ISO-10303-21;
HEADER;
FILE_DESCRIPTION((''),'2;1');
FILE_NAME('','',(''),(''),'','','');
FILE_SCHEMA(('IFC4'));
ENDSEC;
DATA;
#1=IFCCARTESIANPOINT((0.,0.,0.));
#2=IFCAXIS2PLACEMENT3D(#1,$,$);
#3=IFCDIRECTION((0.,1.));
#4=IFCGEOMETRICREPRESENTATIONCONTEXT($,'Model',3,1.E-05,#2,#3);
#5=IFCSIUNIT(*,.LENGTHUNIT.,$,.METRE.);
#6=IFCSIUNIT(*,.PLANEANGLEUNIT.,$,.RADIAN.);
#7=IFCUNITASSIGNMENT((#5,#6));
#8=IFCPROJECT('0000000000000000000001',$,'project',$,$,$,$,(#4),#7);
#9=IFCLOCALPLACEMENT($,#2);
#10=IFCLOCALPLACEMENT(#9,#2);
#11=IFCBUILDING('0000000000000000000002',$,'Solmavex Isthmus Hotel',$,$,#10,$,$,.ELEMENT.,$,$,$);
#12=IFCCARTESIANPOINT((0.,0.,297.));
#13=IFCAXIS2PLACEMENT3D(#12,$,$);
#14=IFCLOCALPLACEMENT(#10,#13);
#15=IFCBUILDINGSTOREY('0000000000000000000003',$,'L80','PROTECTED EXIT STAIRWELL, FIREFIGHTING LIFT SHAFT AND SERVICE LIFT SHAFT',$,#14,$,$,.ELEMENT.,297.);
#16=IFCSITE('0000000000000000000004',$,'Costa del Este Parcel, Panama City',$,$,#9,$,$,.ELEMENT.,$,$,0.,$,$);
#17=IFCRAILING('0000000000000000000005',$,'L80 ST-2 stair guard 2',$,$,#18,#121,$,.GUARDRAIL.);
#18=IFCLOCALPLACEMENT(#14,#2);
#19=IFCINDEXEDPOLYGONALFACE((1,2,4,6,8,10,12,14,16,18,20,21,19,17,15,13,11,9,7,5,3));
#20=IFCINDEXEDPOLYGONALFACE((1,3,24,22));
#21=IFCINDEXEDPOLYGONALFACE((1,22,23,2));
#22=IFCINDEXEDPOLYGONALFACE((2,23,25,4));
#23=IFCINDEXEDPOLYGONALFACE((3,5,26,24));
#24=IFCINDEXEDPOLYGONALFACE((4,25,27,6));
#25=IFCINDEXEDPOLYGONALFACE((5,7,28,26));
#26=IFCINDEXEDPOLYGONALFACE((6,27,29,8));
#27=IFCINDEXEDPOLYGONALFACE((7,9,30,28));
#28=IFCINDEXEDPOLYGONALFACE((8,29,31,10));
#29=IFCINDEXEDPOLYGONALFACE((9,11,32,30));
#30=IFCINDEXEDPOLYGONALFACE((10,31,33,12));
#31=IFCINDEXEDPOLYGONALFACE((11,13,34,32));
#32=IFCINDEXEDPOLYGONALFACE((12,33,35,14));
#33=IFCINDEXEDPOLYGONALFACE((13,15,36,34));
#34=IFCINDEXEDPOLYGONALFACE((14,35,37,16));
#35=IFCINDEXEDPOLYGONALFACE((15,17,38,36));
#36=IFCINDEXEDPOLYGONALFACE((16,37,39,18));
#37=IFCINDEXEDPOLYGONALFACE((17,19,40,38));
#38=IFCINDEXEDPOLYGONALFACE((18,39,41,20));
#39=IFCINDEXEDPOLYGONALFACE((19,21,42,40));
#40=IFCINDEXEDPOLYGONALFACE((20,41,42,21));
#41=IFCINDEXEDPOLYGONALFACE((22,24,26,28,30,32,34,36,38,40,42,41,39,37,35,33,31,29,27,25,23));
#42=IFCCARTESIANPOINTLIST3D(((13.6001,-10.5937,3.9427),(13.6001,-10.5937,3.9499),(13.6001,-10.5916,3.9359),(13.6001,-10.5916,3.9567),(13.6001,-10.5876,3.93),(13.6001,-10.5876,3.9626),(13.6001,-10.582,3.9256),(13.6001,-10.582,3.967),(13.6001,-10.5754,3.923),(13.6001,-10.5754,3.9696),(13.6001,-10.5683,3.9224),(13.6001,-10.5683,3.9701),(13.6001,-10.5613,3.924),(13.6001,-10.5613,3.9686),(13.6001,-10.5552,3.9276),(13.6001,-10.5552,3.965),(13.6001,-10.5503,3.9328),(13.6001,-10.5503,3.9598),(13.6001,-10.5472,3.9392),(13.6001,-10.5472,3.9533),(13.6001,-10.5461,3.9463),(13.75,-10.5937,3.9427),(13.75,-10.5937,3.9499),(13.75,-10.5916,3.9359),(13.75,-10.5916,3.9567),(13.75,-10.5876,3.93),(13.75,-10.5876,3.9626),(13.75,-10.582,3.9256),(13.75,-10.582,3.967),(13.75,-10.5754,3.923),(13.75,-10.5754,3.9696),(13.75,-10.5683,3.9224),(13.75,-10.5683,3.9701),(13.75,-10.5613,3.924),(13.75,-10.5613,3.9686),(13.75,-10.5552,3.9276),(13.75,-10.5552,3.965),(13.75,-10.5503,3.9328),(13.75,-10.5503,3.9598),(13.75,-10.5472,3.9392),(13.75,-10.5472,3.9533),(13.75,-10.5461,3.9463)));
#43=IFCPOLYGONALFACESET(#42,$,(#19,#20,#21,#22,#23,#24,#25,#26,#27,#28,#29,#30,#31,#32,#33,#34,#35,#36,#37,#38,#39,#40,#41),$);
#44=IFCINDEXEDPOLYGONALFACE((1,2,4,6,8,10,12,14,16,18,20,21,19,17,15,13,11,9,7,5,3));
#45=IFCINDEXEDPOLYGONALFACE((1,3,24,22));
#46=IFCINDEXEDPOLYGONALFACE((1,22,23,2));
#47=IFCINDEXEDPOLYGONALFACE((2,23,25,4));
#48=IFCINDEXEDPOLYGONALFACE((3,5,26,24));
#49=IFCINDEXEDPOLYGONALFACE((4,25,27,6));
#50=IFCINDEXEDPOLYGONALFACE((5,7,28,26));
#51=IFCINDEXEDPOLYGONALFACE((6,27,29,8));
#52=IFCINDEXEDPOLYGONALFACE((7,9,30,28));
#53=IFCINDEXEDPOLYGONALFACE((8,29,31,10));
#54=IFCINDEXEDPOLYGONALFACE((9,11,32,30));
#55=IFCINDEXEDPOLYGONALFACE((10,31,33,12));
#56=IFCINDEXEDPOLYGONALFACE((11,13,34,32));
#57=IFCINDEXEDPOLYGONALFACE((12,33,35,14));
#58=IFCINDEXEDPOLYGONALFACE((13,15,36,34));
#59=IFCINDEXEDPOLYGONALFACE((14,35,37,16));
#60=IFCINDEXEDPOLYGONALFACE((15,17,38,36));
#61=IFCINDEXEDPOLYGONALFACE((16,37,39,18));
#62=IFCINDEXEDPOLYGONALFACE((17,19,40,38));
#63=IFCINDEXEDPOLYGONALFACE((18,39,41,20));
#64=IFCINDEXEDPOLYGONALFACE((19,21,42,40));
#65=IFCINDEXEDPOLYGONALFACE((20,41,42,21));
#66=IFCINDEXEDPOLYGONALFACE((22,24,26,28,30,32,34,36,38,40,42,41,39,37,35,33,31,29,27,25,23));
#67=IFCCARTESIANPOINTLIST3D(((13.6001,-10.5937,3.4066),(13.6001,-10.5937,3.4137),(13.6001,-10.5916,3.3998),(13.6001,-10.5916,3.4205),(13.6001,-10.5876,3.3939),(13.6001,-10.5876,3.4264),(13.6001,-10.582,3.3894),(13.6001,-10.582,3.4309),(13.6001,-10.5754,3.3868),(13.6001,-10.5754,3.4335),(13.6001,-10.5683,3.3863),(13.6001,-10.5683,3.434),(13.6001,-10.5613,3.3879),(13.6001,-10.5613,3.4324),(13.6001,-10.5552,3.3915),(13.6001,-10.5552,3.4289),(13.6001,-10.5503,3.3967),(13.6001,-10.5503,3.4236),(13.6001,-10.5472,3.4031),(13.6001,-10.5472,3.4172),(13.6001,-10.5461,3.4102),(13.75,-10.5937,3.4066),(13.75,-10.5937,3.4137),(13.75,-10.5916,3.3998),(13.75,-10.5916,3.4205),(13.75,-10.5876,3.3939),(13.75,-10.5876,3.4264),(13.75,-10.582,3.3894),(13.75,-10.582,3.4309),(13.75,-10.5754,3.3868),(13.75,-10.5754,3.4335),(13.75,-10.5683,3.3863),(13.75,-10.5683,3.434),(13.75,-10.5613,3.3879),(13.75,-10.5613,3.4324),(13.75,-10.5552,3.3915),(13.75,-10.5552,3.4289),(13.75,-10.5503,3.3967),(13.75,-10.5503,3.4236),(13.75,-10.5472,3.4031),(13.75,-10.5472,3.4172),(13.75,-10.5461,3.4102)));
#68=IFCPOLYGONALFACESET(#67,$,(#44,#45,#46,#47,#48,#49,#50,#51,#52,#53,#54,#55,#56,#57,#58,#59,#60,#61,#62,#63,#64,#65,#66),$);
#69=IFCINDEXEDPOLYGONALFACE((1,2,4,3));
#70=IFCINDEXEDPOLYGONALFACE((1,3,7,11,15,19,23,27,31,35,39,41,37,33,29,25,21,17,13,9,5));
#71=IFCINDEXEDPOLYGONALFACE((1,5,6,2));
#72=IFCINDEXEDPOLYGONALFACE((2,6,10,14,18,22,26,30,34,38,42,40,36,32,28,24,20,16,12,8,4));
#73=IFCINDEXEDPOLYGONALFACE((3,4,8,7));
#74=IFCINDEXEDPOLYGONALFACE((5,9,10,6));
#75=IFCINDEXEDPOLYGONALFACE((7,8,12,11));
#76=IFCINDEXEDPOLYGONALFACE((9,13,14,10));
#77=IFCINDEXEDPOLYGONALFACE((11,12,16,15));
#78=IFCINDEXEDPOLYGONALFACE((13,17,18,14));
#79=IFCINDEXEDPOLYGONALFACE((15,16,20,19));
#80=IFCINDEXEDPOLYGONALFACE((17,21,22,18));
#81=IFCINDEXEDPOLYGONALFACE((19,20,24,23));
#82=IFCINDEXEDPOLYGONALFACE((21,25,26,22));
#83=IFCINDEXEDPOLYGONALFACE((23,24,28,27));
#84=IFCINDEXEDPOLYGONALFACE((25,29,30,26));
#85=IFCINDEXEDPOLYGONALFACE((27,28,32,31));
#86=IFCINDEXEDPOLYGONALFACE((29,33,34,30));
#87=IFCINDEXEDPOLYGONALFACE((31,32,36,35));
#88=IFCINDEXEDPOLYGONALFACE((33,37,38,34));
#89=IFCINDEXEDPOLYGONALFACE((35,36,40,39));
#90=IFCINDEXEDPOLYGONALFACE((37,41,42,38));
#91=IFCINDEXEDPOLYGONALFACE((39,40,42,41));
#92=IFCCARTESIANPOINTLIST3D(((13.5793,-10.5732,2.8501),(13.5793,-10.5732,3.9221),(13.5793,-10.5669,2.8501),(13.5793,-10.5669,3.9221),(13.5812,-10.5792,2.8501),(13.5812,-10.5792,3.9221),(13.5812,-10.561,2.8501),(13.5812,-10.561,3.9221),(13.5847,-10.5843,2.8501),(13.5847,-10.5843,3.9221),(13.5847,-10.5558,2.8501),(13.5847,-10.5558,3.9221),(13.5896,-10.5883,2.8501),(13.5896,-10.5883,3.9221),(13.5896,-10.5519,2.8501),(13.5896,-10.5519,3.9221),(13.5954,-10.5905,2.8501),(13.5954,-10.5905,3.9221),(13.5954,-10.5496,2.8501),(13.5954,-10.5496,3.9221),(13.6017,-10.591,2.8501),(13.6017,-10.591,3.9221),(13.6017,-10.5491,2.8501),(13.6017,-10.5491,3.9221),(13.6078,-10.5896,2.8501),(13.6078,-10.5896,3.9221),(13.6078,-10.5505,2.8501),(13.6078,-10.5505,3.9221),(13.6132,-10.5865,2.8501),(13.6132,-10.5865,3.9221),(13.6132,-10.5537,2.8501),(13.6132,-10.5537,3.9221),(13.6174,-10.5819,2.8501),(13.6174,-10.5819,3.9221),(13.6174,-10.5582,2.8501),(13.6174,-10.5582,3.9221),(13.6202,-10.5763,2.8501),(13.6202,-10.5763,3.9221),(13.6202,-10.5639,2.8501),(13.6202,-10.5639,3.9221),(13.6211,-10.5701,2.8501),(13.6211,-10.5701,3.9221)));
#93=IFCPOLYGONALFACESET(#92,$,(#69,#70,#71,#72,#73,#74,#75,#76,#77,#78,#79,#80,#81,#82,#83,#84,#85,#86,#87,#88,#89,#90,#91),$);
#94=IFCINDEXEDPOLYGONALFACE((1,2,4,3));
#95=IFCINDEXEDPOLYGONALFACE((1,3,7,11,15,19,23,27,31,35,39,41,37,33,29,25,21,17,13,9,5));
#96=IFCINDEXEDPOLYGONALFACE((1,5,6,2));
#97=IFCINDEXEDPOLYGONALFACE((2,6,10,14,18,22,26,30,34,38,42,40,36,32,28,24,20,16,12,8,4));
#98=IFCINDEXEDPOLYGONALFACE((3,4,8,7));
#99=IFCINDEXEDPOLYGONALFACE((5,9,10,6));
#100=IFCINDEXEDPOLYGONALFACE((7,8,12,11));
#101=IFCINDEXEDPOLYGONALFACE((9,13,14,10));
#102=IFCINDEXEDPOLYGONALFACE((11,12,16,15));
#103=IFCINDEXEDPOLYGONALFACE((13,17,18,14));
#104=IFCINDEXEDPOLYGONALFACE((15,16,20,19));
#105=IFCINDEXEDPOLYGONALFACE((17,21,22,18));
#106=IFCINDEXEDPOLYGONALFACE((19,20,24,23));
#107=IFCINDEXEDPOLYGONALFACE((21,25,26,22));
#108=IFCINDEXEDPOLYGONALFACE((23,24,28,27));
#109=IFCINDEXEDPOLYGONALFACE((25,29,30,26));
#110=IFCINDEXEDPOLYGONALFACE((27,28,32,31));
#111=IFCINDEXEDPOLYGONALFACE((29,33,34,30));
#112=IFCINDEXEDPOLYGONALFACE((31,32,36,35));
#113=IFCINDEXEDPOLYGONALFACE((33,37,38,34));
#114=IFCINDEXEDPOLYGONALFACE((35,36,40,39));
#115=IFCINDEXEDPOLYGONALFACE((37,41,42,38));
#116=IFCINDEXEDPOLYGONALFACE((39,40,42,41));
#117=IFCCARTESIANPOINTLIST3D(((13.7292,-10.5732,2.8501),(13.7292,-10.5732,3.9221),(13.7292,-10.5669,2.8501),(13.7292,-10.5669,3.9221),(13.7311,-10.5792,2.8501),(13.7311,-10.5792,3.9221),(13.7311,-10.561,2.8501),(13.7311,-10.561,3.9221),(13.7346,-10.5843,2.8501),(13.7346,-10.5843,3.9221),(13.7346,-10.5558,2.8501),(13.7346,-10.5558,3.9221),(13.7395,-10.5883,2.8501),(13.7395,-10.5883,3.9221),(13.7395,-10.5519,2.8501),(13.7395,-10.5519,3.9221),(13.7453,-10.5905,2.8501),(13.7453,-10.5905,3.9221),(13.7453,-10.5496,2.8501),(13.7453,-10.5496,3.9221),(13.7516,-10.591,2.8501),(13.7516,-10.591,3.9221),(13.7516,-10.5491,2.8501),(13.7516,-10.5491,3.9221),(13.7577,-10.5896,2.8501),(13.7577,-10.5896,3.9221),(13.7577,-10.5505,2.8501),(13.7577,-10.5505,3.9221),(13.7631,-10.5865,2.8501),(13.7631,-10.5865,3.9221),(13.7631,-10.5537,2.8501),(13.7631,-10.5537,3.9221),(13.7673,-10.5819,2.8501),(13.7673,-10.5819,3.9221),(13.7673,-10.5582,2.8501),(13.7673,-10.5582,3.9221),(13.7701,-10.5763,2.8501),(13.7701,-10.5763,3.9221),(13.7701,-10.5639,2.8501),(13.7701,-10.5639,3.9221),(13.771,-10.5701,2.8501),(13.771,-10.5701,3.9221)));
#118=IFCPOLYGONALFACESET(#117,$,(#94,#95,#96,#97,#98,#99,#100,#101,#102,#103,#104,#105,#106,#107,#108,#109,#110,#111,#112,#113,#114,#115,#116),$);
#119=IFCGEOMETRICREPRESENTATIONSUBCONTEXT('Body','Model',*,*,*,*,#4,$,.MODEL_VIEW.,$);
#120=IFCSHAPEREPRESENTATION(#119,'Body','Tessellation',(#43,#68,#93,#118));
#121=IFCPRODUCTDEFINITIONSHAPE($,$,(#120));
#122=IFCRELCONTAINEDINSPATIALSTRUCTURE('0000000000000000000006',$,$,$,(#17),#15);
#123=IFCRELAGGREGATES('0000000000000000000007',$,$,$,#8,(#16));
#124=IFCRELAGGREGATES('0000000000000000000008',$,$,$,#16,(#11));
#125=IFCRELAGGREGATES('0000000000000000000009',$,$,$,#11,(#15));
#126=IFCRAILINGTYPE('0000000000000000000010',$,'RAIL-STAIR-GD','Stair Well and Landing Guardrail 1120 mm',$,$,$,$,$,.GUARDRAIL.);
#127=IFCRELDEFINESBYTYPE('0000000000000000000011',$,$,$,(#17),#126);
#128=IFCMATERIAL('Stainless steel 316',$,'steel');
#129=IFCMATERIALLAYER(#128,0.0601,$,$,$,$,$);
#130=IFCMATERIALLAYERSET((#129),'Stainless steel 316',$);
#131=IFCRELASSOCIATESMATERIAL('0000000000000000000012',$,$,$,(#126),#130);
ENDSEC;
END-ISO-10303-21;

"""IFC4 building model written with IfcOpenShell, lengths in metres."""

from ifc_helpers import new_model, si_unit, direction, frame, origin, origin_2d, place, context, subcontext, project, spatial, circle, extrude, material, layer, layer_set, type_object, element, save


model = new_model("IFC4")

# Units and contexts
model_context = context("Model", 3, precision=1e-05, world=origin(), true_north=direction((0.0, 1.0)))
body_context = subcontext(model_context, "Body", "Model", "MODEL_VIEW")
ifc_project = project(units=[si_unit("LENGTHUNIT", "METRE"), si_unit("PLANEANGLEUNIT", "RADIAN")], contexts=[model_context])

# Site, building, storey
site_placement = place(None, origin())
site = spatial("IfcSite", under=ifc_project, at=site_placement, Name="Costa del Este Parcel, Panama City", CompositionType="ELEMENT", RefElevation=0.0)
building_placement = place(site_placement, origin())
building = spatial("IfcBuilding", under=site, at=building_placement, Name="Solmavex Isthmus Hotel", CompositionType="ELEMENT")
storey_placement = place(building_placement, frame((0.0, 0.0, 297.0)))
storey = spatial("IfcBuildingStorey", under=building, at=storey_placement, Name="L80", Description="PROTECTED EXIT STAIRWELL, FIREFIGHTING LIFT SHAFT AND SERVICE LIFT SHAFT", CompositionType="ELEMENT", Elevation=297.0)

# Railing
ifc_material_1 = material(Name="Stainless steel 316", Category="steel")
ifc_layer_1 = layer(ifc_material_1, 0.0601)
ifc_layer_set_1 = layer_set([ifc_layer_1], Name="Stainless steel 316")
railing_type_1 = type_object("IfcRailingType", Name="RAIL-STAIR-GD", Description="Stair Well and Landing Guardrail 1120 mm", PredefinedType="GUARDRAIL", material=ifc_layer_set_1)
railing_1_placement = place(storey_placement, frame((13.6001, -10.5701, 2.8501)))
element("IfcRailing", 1, at=railing_1_placement, inside=storey, type_object=railing_type_1, Name="L80 ST-2 stair guard 2", PredefinedType="GUARDRAIL", context=body_context, shape_type="SweptSolid", body=[
    extrude(circle(Radius=0.0239, at=origin_2d()), frame((0.0, 0.0, 1.0962), z_axis=(1.0, 0.0, 0.0), x_axis=(0.0, 1.0, 0.0)), (0.0, 0.0, 1.0), 0.1499),
    extrude(circle(Radius=0.0239, at=origin_2d()), frame((0.0, 0.0, 0.5601), z_axis=(1.0, 0.0, 0.0), x_axis=(0.0, 1.0, 0.0)), (0.0, 0.0, 1.0), 0.1499),
    extrude(circle(Radius=0.021, at=origin_2d()), origin(), (0.0, 0.0, 1.0), 1.072),
    extrude(circle(Radius=0.021, at=origin_2d()), frame((0.1499, 0.0, 0.0)), (0.0, 0.0, 1.0), 1.072),
])

save(model, "model.ifc")
